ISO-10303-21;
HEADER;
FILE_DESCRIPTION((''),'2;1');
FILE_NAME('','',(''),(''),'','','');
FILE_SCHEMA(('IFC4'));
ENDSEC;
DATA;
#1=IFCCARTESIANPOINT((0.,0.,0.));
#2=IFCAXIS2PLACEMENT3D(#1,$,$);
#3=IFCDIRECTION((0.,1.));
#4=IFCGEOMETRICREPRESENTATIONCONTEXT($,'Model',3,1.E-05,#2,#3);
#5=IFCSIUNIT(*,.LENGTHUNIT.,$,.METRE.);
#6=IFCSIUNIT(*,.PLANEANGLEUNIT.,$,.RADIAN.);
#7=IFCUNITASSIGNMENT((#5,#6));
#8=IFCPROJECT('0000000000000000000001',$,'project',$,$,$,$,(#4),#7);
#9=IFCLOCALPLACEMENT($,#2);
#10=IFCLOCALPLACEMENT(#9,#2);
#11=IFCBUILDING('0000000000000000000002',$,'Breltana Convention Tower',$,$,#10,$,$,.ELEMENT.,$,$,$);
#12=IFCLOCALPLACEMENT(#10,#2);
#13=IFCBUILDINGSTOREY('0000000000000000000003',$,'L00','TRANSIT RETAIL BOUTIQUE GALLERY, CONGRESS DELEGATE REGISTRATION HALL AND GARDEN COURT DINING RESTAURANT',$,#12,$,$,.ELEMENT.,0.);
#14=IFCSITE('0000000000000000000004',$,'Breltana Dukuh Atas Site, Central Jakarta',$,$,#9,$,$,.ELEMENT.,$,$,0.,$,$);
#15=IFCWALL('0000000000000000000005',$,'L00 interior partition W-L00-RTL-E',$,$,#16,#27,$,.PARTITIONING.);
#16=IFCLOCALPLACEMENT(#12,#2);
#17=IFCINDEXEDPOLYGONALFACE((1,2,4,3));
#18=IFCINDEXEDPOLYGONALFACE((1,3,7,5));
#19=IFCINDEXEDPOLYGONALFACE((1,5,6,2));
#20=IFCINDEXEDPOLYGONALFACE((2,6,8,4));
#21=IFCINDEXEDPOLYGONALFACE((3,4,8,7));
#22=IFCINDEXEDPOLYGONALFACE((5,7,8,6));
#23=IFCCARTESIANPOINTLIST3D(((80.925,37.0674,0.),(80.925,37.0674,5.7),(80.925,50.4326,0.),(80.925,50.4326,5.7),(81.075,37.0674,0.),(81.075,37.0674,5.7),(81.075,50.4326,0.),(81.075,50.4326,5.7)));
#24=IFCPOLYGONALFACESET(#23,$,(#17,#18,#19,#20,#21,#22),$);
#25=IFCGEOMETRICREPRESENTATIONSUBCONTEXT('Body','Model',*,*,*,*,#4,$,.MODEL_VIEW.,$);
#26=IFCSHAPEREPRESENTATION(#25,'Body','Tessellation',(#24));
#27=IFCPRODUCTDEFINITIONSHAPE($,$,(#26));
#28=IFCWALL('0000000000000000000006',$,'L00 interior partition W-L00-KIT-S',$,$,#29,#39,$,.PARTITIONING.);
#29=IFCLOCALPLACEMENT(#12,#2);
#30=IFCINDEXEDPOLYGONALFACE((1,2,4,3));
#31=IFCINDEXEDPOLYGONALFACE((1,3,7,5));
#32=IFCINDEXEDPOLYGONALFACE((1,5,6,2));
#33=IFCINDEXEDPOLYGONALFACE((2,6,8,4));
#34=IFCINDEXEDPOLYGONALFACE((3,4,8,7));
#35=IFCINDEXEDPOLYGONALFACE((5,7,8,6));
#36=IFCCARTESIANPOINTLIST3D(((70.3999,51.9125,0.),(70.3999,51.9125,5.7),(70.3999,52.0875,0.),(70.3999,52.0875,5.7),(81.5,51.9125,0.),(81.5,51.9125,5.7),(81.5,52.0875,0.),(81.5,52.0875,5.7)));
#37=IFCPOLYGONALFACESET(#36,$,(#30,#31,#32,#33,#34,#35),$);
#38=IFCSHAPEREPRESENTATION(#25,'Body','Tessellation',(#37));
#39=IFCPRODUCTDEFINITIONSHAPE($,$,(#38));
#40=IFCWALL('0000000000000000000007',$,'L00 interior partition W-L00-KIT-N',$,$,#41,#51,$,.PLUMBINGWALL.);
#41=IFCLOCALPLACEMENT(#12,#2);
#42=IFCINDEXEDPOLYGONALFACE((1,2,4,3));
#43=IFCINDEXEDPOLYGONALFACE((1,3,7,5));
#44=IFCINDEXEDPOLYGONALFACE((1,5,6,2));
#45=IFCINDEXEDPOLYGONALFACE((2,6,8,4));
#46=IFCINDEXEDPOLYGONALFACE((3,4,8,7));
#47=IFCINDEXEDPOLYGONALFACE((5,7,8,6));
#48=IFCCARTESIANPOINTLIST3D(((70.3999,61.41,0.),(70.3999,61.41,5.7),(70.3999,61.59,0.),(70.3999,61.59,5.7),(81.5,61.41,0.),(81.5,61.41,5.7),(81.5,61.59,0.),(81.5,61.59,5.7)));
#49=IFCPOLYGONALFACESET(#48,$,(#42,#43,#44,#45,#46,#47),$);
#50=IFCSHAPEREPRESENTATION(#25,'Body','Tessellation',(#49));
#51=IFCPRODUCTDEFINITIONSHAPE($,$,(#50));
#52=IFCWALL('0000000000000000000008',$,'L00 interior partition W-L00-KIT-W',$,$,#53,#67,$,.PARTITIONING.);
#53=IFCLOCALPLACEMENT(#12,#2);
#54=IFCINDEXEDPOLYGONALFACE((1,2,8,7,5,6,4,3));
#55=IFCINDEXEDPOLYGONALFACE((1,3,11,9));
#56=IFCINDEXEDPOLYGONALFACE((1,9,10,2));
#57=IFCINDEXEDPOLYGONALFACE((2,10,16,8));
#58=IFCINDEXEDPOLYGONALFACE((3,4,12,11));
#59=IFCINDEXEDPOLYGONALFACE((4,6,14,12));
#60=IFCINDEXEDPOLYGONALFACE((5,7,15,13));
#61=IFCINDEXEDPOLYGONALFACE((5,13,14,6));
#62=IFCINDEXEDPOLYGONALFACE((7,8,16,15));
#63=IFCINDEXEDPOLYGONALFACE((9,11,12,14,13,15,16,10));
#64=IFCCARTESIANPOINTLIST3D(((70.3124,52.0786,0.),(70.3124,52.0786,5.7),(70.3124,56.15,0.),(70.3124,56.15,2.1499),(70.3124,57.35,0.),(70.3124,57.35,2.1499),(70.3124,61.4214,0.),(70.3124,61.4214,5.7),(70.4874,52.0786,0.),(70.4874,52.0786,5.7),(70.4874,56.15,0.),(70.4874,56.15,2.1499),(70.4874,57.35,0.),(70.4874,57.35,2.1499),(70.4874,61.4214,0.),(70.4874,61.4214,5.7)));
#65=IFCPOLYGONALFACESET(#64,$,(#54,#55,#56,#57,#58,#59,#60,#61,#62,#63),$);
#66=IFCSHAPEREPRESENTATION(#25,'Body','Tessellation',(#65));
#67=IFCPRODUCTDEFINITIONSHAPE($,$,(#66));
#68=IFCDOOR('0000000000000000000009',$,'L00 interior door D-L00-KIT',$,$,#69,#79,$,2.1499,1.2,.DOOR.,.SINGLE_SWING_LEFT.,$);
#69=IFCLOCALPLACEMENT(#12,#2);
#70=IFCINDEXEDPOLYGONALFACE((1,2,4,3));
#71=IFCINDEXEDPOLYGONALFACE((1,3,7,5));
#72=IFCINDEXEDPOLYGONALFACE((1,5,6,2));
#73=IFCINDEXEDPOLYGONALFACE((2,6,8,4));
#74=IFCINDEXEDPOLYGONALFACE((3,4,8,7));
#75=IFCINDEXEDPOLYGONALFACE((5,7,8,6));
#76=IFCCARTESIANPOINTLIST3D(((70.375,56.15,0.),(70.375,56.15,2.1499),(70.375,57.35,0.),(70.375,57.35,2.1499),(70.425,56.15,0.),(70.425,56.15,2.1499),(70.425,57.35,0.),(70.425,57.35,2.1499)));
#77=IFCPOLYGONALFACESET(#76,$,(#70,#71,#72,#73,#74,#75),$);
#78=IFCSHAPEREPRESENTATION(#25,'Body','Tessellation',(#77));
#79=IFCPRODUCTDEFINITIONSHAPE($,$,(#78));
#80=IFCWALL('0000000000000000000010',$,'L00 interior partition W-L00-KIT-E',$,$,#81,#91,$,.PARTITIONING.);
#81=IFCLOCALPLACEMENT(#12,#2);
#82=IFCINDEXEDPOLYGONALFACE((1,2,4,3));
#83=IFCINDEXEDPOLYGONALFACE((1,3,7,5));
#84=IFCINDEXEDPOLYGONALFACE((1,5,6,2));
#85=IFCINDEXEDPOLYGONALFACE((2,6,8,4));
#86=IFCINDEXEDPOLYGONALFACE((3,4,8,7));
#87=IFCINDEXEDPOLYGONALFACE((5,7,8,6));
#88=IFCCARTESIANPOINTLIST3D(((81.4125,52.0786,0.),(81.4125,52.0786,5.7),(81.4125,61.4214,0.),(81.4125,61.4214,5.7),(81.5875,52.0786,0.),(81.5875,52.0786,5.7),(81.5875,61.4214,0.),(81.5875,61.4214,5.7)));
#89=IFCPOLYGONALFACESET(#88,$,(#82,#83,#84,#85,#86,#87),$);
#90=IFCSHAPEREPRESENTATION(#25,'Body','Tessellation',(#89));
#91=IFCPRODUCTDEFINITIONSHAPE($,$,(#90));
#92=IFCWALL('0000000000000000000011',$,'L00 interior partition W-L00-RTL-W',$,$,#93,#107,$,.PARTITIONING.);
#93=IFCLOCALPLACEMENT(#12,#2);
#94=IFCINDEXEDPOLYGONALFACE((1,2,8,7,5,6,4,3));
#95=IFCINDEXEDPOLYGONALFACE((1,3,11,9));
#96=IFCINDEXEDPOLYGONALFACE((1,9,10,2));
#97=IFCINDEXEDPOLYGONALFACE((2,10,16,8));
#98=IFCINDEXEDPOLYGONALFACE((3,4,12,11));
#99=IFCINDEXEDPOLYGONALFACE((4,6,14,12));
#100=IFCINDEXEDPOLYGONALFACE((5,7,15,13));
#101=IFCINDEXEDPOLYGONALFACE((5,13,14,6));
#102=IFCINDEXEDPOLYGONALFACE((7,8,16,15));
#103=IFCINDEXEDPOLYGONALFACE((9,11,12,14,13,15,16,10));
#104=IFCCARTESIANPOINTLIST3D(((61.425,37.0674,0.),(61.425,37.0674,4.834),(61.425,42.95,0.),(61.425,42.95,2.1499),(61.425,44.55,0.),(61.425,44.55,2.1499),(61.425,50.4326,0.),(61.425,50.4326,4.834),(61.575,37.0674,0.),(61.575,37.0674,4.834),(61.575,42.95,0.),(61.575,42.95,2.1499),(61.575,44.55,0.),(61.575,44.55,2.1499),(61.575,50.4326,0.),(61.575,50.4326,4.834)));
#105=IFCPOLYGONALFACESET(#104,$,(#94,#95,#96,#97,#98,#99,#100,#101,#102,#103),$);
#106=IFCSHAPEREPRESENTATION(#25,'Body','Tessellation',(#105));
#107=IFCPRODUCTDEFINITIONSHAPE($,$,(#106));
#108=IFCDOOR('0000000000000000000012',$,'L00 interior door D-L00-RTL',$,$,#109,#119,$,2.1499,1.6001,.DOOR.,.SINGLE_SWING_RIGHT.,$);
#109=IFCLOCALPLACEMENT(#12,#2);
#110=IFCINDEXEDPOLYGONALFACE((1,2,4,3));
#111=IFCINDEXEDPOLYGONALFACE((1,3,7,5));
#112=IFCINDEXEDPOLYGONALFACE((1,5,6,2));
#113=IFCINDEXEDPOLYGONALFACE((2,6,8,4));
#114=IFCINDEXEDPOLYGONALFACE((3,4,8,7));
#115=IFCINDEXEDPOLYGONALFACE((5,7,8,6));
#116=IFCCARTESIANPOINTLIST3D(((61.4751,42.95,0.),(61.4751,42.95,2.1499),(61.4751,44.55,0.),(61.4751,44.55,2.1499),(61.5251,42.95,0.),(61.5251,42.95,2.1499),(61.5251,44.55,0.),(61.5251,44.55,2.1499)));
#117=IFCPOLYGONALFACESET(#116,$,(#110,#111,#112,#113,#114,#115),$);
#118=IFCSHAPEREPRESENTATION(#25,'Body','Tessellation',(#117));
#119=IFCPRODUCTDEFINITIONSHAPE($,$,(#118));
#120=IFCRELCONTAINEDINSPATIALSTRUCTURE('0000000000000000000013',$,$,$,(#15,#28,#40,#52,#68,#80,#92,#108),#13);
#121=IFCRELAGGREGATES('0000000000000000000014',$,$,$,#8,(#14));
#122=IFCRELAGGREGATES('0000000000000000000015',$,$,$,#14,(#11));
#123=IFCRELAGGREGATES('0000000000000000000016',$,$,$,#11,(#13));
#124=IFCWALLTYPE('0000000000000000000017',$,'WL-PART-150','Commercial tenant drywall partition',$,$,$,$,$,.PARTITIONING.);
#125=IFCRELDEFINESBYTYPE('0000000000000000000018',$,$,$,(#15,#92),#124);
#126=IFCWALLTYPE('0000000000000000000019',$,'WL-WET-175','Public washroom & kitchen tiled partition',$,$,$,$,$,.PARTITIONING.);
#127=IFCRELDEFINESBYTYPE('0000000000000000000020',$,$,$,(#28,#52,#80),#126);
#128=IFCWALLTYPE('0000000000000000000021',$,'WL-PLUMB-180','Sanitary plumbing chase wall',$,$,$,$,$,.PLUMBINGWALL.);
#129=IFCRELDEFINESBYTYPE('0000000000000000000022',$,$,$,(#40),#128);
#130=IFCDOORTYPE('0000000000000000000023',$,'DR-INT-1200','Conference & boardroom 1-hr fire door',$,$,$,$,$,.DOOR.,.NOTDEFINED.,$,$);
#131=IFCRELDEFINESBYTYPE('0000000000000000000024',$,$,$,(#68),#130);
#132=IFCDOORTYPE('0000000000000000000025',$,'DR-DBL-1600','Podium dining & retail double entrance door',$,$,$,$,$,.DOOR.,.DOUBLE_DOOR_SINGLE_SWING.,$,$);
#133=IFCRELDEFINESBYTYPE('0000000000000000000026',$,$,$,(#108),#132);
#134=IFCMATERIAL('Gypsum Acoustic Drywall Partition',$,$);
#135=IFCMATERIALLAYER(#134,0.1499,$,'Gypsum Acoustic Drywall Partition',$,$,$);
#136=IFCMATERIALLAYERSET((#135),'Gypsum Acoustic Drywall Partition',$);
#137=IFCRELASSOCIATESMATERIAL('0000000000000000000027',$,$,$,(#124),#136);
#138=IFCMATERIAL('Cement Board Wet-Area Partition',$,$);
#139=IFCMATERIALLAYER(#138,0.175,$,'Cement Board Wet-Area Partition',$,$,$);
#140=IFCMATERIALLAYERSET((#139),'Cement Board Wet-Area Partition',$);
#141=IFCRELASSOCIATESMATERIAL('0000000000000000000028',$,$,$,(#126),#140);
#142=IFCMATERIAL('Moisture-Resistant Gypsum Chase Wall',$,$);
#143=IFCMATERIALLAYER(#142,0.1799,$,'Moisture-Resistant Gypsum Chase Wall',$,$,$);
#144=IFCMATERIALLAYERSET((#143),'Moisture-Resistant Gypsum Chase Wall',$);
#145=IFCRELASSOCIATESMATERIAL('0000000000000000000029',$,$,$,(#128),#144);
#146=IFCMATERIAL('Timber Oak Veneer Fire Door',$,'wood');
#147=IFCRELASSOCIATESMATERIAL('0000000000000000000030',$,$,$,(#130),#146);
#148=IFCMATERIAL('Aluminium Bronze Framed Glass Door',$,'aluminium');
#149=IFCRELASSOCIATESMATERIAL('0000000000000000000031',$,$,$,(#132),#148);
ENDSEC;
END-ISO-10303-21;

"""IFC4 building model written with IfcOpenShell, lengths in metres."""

from ifc_helpers import new_model, si_unit, direction, frame, frame_2d, origin, place, context, subcontext, project, spatial, rectangle, extrude, source, transform, mapped, material, layer, layer_set, type_object, type_shapes, element, fill, save


model = new_model("IFC4")

# Units and contexts
model_context = context("Model", 3, precision=1e-05, world=origin(), true_north=direction((0.0, 1.0)))
body_context = subcontext(model_context, "Body", "Model", "MODEL_VIEW")
ifc_project = project(units=[si_unit("LENGTHUNIT", "METRE"), si_unit("PLANEANGLEUNIT", "RADIAN")], contexts=[model_context])

# Site, building, storey
site_placement = place(None, origin())
site = spatial("IfcSite", under=ifc_project, at=site_placement, Name="Breltana Dukuh Atas Site, Central Jakarta", CompositionType="ELEMENT", RefElevation=0.0)
building_placement = place(site_placement, origin())
building = spatial("IfcBuilding", under=site, at=building_placement, Name="Breltana Convention Tower", CompositionType="ELEMENT")
storey_placement = place(building_placement, origin())
storey = spatial("IfcBuildingStorey", under=building, at=storey_placement, Name="L00", Description="TRANSIT RETAIL BOUTIQUE GALLERY, CONGRESS DELEGATE REGISTRATION HALL AND GARDEN COURT DINING RESTAURANT", CompositionType="ELEMENT", Elevation=0.0)

# Walls
ifc_material_1 = material(Name="Gypsum Acoustic Drywall Partition")
ifc_layer_1 = layer(ifc_material_1, 0.1499, Name="Gypsum Acoustic Drywall Partition")
ifc_layer_set_1 = layer_set([ifc_layer_1], Name="Gypsum Acoustic Drywall Partition")
wall_type_1 = type_object("IfcWallType", Name="WL-PART-150", Description="Commercial tenant drywall partition", PredefinedType="PARTITIONING", material=ifc_layer_set_1)
shared_shape_1 = source(origin(), body_context, "Body", "SweptSolid", [
    extrude(rectangle(XDim=13.3652, YDim=0.1499, at=frame_2d((6.6826, 0.0))), origin(), (0.0, 0.0, 1.0), 5.7),
])
wall_1_placement = place(storey_placement, frame((81.0, 37.0674, 0.0), z_axis=(0.0, 0.0, 1.0), x_axis=(0.0, 1.0, 0.0)))
element("IfcWall", 1, at=wall_1_placement, inside=storey, type_object=wall_type_1, Name="L00 interior partition W-L00-RTL-E", PredefinedType="PARTITIONING", context=body_context, shape_type="MappedRepresentation", body=[
    mapped(shared_shape_1, transform((0.0, 0.0, 0.0), scale=1.0)),
])
ifc_material_2 = material(Name="Cement Board Wet-Area Partition")
ifc_layer_2 = layer(ifc_material_2, 0.175, Name="Cement Board Wet-Area Partition")
ifc_layer_set_2 = layer_set([ifc_layer_2], Name="Cement Board Wet-Area Partition")
wall_type_2 = type_object("IfcWallType", Name="WL-WET-175", Description="Public washroom & kitchen tiled partition", PredefinedType="PARTITIONING", material=ifc_layer_set_2)
shared_shape_2 = source(origin(), body_context, "Body", "SweptSolid", [
    extrude(rectangle(XDim=11.1001, YDim=0.175, at=frame_2d((5.55, 0.0))), origin(), (0.0, 0.0, 1.0), 5.7),
])
wall_2_placement = place(storey_placement, frame((70.3999, 52.0, 0.0), z_axis=(0.0, 0.0, 1.0), x_axis=(1.0, 0.0, 0.0)))
element("IfcWall", 2, at=wall_2_placement, inside=storey, type_object=wall_type_2, Name="L00 interior partition W-L00-KIT-S", PredefinedType="PARTITIONING", context=body_context, shape_type="MappedRepresentation", body=[
    mapped(shared_shape_2, transform((0.0, 0.0, 0.0), scale=1.0)),
])
ifc_material_3 = material(Name="Moisture-Resistant Gypsum Chase Wall")
ifc_layer_3 = layer(ifc_material_3, 0.1799, Name="Moisture-Resistant Gypsum Chase Wall")
ifc_layer_set_3 = layer_set([ifc_layer_3], Name="Moisture-Resistant Gypsum Chase Wall")
wall_type_3 = type_object("IfcWallType", Name="WL-PLUMB-180", Description="Sanitary plumbing chase wall", PredefinedType="PLUMBINGWALL", material=ifc_layer_set_3)
shared_shape_3 = source(origin(), body_context, "Body", "SweptSolid", [
    extrude(rectangle(XDim=11.1001, YDim=0.1799, at=frame_2d((5.55, 0.0))), origin(), (0.0, 0.0, 1.0), 5.7),
])
wall_3_placement = place(storey_placement, frame((70.3999, 61.5, 0.0), z_axis=(0.0, 0.0, 1.0), x_axis=(1.0, 0.0, 0.0)))
element("IfcWall", 3, at=wall_3_placement, inside=storey, type_object=wall_type_3, Name="L00 interior partition W-L00-KIT-N", PredefinedType="PLUMBINGWALL", context=body_context, shape_type="MappedRepresentation", body=[
    mapped(shared_shape_3, transform((0.0, 0.0, 0.0), scale=1.0)),
])

# Wall, opening, door
shared_shape_4 = source(origin(), body_context, "Body", "SweptSolid", [
    extrude(rectangle(XDim=9.3428, YDim=0.175, at=frame_2d((4.6714, 0.0))), origin(), (0.0, 0.0, 1.0), 5.7),
])
wall_4_placement = place(storey_placement, frame((70.3999, 52.0786, 0.0), z_axis=(0.0, 0.0, 1.0), x_axis=(0.0, 1.0, 0.0)))
wall_4 = element("IfcWall", 4, at=wall_4_placement, inside=storey, type_object=wall_type_2, Name="L00 interior partition W-L00-KIT-W", PredefinedType="PARTITIONING", context=body_context, shape_type="MappedRepresentation", body=[
    mapped(shared_shape_4, transform((0.0, 0.0, 0.0), scale=1.0)),
])
opening_1_placement = place(wall_4_placement, frame((4.0713, 0.0, 0.0)))
opening_1 = element("IfcOpeningElement", 5, at=opening_1_placement, cuts=wall_4, PredefinedType="OPENING", context=body_context, shape_type="SweptSolid", body=[
    extrude(rectangle(XDim=1.2, YDim=2.1499, at=frame_2d((0.6001, 1.075))), frame((0.0, 0.0977, 0.0), z_axis=(0.0, -1.0, 0.0), x_axis=(1.0, 0.0, 0.0)), (0.0, 0.0, 1.0), 0.1951),
])
ifc_material_4 = material(Name="Timber Oak Veneer Fire Door", Category="wood")
door_type_1 = type_object("IfcDoorType", Name="DR-INT-1200", Description="Conference & boardroom 1-hr fire door", OperationType="NOTDEFINED", PredefinedType="DOOR", material=ifc_material_4)
shared_shape_5 = source(origin(), body_context, "Body", "SweptSolid", [
    extrude(rectangle(XDim=1.2, YDim=2.1499, at=frame_2d((0.6001, 1.075))), frame((0.0, 0.0249, 0.0), z_axis=(0.0, -1.0, 0.0), x_axis=(1.0, 0.0, 0.0)), (0.0, 0.0, 1.0), 0.05),
])
type_shapes(door_type_1, [shared_shape_5])
door_1_placement = place(opening_1_placement, origin())
door_1 = element("IfcDoor", 6, at=door_1_placement, inside=storey, type_object=door_type_1, Name="L00 interior door D-L00-KIT", OperationType="SINGLE_SWING_LEFT", OverallHeight=2.1499, OverallWidth=1.2, PredefinedType="DOOR", context=body_context, shape_type="MappedRepresentation", body=[
    mapped(shared_shape_5, transform((0.0, 0.0, 0.0), scale=1.0)),
])
fill(opening_1, door_1)

# Wall
wall_5_placement = place(storey_placement, frame((81.5, 52.0786, 0.0), z_axis=(0.0, 0.0, 1.0), x_axis=(0.0, 1.0, 0.0)))
element("IfcWall", 7, at=wall_5_placement, inside=storey, type_object=wall_type_2, Name="L00 interior partition W-L00-KIT-E", PredefinedType="PARTITIONING", context=body_context, shape_type="MappedRepresentation", body=[
    mapped(shared_shape_4, transform((0.0, 0.0, 0.0), scale=1.0)),
])

# Wall, opening, door
shared_shape_6 = source(origin(), body_context, "Body", "SweptSolid", [
    extrude(rectangle(XDim=13.3652, YDim=0.1499, at=frame_2d((6.6826, 0.0))), origin(), (0.0, 0.0, 1.0), 4.834),
])
wall_6_placement = place(storey_placement, frame((61.5, 37.0674, 0.0), z_axis=(0.0, 0.0, 1.0), x_axis=(0.0, 1.0, 0.0)))
wall_6 = element("IfcWall", 8, at=wall_6_placement, inside=storey, type_object=wall_type_1, Name="L00 interior partition W-L00-RTL-W", PredefinedType="PARTITIONING", context=body_context, shape_type="MappedRepresentation", body=[
    mapped(shared_shape_6, transform((0.0, 0.0, 0.0), scale=1.0)),
])
opening_2_placement = place(wall_6_placement, frame((5.8826, 0.0, 0.0)))
opening_2 = element("IfcOpeningElement", 9, at=opening_2_placement, cuts=wall_6, PredefinedType="OPENING", context=body_context, shape_type="SweptSolid", body=[
    extrude(rectangle(XDim=1.6001, YDim=2.1499, at=frame_2d((0.8, 1.075))), frame((0.0, 0.085, 0.0), z_axis=(0.0, -1.0, 0.0), x_axis=(1.0, 0.0, 0.0)), (0.0, 0.0, 1.0), 0.1699),
])
ifc_material_5 = material(Name="Aluminium Bronze Framed Glass Door", Category="aluminium")
door_type_2 = type_object("IfcDoorType", Name="DR-DBL-1600", Description="Podium dining & retail double entrance door", OperationType="DOUBLE_DOOR_SINGLE_SWING", PredefinedType="DOOR", material=ifc_material_5)
shared_shape_7 = source(origin(), body_context, "Body", "SweptSolid", [
    extrude(rectangle(XDim=1.6001, YDim=2.1499, at=frame_2d((0.8, 1.075))), frame((0.0, 0.0249, 0.0), z_axis=(0.0, -1.0, 0.0), x_axis=(1.0, 0.0, 0.0)), (0.0, 0.0, 1.0), 0.05),
])
type_shapes(door_type_2, [shared_shape_7])
door_2_placement = place(opening_2_placement, origin())
door_2 = element("IfcDoor", 10, at=door_2_placement, inside=storey, type_object=door_type_2, Name="L00 interior door D-L00-RTL", OperationType="SINGLE_SWING_RIGHT", OverallHeight=2.1499, OverallWidth=1.6001, PredefinedType="DOOR", context=body_context, shape_type="MappedRepresentation", body=[
    mapped(shared_shape_7, transform((0.0, 0.0, 0.0), scale=1.0)),
])
fill(opening_2, door_2)

save(model, "model.ifc")
